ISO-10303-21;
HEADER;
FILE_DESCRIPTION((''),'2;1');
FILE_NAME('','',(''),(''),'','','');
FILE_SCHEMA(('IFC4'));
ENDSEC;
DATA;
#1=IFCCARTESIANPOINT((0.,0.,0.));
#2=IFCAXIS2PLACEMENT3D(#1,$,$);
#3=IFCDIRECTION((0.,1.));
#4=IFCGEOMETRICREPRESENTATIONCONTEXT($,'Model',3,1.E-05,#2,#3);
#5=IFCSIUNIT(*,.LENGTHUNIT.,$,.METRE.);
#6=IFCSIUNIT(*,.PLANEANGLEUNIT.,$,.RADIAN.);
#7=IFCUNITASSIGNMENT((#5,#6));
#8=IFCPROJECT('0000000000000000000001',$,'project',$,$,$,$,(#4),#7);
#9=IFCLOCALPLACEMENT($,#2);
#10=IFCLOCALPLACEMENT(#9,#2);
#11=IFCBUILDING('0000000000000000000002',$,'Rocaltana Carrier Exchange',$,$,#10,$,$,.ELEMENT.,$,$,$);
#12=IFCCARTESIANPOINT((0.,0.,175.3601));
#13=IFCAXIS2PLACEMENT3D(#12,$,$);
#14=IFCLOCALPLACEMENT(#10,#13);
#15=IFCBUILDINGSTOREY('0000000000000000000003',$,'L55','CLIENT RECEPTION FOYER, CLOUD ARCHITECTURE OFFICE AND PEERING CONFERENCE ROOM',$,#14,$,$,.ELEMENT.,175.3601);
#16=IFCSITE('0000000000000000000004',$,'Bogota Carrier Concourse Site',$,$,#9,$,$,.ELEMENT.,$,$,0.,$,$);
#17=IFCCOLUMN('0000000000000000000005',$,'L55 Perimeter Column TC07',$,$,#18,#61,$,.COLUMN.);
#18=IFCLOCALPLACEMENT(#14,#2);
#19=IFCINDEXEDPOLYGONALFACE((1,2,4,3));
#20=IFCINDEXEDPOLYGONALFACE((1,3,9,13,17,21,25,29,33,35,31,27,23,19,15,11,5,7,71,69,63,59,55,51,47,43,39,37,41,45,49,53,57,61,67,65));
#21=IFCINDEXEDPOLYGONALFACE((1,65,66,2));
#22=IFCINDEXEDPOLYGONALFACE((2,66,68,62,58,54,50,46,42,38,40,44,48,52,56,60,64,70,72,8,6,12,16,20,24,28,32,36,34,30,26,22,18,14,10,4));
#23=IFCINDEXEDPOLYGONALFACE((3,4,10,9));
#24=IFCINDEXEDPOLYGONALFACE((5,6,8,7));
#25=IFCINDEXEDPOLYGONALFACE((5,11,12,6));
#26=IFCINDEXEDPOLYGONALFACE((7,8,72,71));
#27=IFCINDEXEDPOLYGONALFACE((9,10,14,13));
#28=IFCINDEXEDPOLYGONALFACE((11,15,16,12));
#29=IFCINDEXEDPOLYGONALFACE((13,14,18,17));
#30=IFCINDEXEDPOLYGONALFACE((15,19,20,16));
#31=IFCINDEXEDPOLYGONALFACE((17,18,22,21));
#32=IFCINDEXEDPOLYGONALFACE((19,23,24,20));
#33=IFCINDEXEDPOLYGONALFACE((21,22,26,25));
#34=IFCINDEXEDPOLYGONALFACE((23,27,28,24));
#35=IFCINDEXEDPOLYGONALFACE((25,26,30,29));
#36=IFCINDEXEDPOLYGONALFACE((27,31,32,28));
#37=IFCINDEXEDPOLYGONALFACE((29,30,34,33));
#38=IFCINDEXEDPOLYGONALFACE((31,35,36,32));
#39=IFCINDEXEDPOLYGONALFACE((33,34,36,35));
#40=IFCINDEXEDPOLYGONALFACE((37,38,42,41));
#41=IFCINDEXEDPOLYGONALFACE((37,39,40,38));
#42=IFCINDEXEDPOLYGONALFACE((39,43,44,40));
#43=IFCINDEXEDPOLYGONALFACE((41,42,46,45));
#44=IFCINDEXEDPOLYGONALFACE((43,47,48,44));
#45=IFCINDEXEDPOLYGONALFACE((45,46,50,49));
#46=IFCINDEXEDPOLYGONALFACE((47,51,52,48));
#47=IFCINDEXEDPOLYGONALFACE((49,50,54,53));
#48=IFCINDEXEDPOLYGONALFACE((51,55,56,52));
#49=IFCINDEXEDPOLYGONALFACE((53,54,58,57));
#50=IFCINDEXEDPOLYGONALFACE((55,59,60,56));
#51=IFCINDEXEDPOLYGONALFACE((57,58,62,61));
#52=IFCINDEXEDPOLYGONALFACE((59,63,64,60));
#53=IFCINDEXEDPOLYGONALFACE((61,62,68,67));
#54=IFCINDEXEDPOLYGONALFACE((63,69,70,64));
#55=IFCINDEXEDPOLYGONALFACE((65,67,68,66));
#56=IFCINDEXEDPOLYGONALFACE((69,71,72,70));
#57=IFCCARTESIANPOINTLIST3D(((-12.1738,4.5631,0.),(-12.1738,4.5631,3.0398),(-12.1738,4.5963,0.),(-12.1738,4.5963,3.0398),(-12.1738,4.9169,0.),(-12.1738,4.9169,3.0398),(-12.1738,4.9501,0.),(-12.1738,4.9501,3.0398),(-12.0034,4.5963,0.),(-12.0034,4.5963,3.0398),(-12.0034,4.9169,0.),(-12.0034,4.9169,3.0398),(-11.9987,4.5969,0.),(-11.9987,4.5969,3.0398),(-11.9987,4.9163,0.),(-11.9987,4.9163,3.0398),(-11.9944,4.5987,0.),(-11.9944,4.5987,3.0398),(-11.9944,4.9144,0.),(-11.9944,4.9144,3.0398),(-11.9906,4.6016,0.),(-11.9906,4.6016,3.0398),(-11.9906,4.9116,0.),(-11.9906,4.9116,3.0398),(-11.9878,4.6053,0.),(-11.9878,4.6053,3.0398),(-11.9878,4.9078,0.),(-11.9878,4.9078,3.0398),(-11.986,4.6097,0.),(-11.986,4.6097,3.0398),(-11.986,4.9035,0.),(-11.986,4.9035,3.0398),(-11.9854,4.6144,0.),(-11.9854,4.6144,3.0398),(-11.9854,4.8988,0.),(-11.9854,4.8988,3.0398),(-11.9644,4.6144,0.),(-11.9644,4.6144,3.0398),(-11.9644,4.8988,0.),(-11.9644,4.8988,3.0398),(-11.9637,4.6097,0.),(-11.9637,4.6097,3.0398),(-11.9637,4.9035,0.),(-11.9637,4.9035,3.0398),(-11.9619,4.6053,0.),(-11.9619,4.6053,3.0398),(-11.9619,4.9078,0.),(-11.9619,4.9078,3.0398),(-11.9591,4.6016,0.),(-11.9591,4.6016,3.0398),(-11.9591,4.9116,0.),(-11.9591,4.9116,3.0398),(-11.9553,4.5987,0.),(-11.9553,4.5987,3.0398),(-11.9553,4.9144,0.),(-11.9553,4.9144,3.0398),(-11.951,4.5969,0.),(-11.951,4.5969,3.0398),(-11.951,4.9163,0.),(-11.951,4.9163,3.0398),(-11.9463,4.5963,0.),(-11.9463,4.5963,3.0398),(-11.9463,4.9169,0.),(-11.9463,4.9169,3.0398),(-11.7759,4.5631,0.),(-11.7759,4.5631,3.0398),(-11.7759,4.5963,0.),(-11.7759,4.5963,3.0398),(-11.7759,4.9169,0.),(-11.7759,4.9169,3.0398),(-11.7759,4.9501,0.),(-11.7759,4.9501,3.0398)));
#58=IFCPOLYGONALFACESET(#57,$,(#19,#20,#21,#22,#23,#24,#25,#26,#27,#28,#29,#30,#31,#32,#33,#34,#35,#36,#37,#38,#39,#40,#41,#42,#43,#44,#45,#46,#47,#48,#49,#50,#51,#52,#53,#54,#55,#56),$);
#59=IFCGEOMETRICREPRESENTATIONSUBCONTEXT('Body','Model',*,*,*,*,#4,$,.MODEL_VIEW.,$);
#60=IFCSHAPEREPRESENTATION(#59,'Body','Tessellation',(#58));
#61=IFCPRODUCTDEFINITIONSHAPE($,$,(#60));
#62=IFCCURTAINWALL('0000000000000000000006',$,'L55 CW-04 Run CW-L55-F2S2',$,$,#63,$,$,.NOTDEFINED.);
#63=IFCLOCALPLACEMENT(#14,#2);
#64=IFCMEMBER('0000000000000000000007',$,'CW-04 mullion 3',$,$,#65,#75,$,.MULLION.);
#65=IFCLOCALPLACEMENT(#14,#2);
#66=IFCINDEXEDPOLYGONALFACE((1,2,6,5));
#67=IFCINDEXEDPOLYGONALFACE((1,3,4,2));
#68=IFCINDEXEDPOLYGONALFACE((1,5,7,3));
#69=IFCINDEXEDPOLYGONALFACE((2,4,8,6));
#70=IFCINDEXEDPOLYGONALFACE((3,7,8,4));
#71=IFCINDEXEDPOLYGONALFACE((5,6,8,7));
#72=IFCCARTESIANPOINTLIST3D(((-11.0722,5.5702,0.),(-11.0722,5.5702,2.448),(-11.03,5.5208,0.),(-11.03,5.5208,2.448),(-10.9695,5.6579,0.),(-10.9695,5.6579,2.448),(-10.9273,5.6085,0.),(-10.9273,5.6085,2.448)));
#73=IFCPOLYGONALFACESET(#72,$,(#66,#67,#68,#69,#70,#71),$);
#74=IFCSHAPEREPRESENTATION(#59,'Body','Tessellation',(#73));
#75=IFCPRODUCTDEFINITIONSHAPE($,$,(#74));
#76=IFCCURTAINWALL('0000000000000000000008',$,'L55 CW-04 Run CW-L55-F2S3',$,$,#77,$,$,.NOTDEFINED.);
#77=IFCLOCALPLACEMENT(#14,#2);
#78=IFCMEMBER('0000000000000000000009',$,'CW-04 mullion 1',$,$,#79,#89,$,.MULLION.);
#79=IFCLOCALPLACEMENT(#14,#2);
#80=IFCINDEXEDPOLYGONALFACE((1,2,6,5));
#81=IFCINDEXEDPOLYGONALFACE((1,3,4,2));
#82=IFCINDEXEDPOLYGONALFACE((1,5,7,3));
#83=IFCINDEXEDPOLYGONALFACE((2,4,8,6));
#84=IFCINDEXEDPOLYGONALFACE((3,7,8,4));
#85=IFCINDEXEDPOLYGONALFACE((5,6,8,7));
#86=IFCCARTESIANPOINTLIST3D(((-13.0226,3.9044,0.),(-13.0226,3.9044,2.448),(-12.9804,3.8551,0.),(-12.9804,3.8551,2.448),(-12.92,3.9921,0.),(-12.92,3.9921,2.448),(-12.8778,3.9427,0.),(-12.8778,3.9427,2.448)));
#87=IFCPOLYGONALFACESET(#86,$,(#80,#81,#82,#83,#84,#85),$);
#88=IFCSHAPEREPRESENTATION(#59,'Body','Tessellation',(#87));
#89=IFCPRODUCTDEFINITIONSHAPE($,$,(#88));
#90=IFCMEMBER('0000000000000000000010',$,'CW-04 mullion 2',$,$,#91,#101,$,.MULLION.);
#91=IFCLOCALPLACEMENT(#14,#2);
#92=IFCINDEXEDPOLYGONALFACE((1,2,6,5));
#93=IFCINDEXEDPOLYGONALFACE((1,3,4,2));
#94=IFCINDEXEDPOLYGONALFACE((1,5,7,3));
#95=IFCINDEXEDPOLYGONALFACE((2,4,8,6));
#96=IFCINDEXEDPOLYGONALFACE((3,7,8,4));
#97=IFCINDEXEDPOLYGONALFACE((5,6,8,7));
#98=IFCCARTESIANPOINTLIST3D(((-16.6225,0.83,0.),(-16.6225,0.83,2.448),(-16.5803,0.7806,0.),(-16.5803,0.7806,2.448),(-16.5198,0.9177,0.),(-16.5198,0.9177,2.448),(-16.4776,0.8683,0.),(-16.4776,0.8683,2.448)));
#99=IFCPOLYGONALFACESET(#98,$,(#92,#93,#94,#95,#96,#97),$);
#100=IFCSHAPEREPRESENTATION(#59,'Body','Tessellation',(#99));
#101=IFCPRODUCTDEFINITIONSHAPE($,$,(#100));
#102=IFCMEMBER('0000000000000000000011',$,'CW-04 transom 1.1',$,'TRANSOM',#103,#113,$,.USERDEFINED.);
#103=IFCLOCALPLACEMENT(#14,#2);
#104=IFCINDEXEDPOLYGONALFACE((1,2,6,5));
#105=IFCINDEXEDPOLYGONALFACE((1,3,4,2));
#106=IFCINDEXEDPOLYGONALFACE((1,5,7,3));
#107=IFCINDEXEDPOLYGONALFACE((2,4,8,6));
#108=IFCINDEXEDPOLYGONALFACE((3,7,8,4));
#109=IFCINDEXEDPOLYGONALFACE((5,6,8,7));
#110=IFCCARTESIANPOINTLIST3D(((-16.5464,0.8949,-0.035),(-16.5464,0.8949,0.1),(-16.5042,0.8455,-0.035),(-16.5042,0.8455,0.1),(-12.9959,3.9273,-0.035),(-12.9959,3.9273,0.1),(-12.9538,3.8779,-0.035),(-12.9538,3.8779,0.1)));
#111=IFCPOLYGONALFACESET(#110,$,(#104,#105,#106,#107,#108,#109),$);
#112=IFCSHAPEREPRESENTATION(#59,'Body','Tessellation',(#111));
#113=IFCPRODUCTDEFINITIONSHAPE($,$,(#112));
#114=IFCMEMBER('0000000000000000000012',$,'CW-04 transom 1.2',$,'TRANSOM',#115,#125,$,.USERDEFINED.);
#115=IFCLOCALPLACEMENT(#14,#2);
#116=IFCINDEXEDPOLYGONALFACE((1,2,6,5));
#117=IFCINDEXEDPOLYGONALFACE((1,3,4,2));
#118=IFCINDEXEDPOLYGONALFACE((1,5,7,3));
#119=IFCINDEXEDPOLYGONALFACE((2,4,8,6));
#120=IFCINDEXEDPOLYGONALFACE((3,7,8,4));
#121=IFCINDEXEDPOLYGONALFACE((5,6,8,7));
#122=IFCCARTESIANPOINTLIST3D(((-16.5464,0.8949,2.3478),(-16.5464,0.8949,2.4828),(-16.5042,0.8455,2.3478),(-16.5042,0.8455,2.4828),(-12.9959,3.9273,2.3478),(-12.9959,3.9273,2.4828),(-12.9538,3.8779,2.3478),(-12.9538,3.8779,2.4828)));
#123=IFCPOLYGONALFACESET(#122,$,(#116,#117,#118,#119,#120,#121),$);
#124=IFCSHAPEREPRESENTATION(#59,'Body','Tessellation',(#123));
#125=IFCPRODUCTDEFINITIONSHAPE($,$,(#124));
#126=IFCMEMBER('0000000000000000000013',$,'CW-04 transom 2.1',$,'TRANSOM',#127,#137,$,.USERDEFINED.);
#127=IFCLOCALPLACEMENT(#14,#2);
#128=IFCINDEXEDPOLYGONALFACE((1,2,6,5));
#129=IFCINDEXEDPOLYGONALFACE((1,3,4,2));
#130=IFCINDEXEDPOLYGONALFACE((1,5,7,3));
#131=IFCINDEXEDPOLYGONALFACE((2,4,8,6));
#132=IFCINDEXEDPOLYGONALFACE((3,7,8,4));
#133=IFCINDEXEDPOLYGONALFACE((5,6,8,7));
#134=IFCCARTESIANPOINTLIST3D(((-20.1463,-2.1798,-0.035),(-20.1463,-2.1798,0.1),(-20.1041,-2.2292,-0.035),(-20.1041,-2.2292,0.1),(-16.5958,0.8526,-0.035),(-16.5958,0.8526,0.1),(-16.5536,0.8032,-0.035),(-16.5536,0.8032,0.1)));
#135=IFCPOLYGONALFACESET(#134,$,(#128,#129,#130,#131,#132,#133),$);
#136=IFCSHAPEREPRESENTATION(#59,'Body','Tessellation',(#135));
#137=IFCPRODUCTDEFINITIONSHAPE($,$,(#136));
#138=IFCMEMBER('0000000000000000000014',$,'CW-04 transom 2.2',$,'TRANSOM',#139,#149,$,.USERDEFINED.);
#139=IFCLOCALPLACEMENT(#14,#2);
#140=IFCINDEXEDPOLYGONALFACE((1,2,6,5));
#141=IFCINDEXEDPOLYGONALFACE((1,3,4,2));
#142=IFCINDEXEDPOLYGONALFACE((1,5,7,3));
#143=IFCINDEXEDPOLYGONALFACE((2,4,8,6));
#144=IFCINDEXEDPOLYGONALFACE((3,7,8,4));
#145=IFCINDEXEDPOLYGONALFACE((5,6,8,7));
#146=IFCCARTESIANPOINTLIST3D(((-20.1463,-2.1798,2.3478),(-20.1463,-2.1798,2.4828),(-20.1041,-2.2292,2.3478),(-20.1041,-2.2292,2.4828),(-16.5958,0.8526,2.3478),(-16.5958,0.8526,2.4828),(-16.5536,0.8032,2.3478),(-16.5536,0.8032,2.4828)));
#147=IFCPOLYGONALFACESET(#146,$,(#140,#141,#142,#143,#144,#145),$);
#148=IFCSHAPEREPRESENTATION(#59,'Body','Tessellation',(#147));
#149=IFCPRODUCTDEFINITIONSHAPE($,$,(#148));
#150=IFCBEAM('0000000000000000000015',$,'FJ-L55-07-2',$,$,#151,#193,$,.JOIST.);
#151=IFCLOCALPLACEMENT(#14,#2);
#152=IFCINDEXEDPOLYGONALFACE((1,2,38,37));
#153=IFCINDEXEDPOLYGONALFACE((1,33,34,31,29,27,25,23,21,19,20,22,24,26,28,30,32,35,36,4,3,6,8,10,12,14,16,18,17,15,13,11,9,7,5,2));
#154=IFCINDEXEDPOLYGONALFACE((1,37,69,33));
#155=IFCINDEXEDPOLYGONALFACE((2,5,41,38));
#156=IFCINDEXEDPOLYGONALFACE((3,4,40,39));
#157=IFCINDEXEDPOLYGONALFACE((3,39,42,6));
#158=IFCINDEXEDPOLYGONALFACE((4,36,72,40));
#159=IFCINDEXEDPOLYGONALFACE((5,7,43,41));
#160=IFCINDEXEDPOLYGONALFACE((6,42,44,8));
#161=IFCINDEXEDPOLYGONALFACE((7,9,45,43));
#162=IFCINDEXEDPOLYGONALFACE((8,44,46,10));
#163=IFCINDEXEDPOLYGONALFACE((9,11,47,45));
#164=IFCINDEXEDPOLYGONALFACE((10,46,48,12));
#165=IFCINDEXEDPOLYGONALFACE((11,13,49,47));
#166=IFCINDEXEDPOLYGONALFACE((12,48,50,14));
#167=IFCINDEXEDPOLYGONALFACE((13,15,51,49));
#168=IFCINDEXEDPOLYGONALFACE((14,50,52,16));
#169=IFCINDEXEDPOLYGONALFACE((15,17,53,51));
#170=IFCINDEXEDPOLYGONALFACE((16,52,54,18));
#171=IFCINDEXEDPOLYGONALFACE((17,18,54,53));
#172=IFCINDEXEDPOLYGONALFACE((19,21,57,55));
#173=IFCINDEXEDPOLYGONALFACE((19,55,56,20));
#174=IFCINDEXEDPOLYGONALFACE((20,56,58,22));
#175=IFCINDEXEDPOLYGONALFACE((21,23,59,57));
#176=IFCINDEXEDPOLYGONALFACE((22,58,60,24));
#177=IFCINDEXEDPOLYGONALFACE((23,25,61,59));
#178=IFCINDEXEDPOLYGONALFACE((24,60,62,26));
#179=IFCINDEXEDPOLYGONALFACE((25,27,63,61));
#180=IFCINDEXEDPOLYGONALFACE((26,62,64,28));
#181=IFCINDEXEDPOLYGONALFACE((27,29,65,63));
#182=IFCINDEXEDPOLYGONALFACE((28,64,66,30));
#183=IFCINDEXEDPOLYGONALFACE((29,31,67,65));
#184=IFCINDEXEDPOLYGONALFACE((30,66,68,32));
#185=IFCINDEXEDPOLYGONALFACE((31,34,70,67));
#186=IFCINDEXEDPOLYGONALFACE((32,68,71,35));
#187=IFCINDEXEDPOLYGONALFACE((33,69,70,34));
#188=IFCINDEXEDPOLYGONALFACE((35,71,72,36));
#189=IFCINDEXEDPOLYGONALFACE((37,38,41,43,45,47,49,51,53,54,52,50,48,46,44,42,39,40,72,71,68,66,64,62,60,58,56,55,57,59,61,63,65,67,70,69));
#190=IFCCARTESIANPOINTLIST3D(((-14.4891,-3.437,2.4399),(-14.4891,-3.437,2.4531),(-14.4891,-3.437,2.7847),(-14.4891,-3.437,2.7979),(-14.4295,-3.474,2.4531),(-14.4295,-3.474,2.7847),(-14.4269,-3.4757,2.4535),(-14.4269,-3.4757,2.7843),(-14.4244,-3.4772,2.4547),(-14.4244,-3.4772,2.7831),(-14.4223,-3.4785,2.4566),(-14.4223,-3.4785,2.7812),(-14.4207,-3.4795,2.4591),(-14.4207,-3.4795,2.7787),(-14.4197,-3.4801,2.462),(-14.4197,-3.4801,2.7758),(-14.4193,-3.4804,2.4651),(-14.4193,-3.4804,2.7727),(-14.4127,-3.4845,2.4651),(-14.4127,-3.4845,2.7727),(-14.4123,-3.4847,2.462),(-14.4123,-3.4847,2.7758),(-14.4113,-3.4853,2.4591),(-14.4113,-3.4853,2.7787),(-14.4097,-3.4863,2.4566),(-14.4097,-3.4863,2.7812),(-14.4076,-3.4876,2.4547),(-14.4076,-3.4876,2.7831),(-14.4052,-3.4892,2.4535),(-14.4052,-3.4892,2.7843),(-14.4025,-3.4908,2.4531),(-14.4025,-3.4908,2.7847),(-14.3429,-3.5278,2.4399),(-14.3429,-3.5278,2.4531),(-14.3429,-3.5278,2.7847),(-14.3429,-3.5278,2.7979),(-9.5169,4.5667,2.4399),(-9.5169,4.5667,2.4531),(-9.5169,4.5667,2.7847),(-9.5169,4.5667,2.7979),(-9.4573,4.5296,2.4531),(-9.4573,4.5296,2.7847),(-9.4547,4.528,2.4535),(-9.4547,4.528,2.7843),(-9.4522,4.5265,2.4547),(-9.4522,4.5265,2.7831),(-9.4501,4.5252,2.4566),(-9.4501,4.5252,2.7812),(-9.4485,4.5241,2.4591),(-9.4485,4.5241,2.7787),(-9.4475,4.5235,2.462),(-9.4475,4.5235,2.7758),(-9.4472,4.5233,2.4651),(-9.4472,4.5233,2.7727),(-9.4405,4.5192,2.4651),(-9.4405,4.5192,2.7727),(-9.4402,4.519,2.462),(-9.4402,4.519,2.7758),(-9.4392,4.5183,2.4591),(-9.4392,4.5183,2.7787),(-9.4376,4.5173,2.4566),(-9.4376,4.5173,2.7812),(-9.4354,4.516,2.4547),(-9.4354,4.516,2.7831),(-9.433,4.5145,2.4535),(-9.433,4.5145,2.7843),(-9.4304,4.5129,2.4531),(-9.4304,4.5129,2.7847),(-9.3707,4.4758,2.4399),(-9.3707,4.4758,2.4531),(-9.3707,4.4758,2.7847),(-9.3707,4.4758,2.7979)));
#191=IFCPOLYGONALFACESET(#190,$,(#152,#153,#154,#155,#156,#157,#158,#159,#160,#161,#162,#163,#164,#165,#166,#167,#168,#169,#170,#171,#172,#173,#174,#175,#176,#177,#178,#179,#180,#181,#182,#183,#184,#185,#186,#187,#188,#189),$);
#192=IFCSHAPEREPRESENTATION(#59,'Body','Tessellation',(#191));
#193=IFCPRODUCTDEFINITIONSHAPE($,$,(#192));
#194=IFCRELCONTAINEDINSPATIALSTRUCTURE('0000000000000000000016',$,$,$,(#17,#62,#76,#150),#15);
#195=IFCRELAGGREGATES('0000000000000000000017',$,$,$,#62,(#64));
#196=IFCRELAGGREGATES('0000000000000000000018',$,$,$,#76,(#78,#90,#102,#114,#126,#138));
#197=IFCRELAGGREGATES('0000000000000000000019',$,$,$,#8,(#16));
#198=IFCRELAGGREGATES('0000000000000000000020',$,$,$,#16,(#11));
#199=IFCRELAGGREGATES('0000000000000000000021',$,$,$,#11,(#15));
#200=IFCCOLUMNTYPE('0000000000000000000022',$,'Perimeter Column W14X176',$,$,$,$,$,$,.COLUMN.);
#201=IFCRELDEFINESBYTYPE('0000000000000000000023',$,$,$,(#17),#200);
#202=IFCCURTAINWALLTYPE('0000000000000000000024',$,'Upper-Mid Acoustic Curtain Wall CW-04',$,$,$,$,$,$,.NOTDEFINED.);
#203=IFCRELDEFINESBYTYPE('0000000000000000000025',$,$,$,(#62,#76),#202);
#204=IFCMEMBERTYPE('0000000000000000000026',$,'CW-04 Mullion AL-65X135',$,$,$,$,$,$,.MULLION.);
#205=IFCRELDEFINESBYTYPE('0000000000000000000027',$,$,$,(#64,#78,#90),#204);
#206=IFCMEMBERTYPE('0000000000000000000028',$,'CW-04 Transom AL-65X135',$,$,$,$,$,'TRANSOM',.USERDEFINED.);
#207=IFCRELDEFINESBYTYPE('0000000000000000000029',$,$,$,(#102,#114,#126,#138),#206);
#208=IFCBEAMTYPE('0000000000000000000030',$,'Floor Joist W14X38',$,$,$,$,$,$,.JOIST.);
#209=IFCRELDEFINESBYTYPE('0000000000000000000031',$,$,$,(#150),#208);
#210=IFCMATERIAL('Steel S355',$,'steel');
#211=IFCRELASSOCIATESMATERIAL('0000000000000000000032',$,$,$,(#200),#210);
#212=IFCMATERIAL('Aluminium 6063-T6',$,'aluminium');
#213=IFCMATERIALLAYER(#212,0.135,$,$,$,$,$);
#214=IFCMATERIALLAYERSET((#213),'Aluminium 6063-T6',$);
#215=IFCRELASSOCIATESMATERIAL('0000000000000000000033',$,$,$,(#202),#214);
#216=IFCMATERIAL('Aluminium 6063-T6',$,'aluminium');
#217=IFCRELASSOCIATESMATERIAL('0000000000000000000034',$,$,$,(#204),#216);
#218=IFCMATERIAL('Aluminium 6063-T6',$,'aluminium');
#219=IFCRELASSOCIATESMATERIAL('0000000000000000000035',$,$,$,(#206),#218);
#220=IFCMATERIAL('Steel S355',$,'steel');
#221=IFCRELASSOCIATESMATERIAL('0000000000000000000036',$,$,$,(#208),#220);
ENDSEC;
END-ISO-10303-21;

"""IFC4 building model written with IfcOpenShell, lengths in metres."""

from ifc_helpers import new_model, si_unit, direction, frame, origin, origin_2d, place, context, subcontext, project, spatial, rectangle, i_section, extrude, material, layer, layer_set, material_profile, profile_set, type_object, element, aggregate, save


model = new_model("IFC4")

# Units and contexts
model_context = context("Model", 3, precision=1e-05, world=origin(), true_north=direction((0.0, 1.0)))
body_context = subcontext(model_context, "Body", "Model", "MODEL_VIEW")
ifc_project = project(units=[si_unit("LENGTHUNIT", "METRE"), si_unit("PLANEANGLEUNIT", "RADIAN")], contexts=[model_context])

# Site, building, storey
site_placement = place(None, origin())
site = spatial("IfcSite", under=ifc_project, at=site_placement, Name="Bogota Carrier Concourse Site", CompositionType="ELEMENT", RefElevation=0.0)
building_placement = place(site_placement, origin())
building = spatial("IfcBuilding", under=site, at=building_placement, Name="Rocaltana Carrier Exchange", CompositionType="ELEMENT")
storey_placement = place(building_placement, frame((0.0, 0.0, 175.3601)))
storey = spatial("IfcBuildingStorey", under=building, at=storey_placement, Name="L55", Description="CLIENT RECEPTION FOYER, CLOUD ARCHITECTURE OFFICE AND PEERING CONFERENCE ROOM", CompositionType="ELEMENT", Elevation=175.3601)

# Column
ifc_material_1 = material(Name="Steel S355", Category="steel")
ifc_material_profile_1 = material_profile(ifc_material_1, i_section(OverallWidth=0.3979, OverallDepth=0.387, WebThickness=0.021, FlangeThickness=0.0332, FilletRadius=0.0181, at=origin_2d()), Name="W14X176")
ifc_profile_set_1 = profile_set([ifc_material_profile_1], Name="Steel S355")
column_type = type_object("IfcColumnType", Name="Perimeter Column W14X176", PredefinedType="COLUMN", material=ifc_profile_set_1)
column_placement = place(storey_placement, frame((-11.9749, 4.7566, 0.0), z_axis=(0.0, 0.0, 1.0), x_axis=(1.0, 0.0, 0.0)))
element("IfcColumn", 1, at=column_placement, inside=storey, type_object=column_type, Name="L55 Perimeter Column TC07", PredefinedType="COLUMN", context=body_context, shape_type="SweptSolid", body=[
    extrude(i_section(OverallWidth=0.3979, OverallDepth=0.387, WebThickness=0.021, FlangeThickness=0.0332, FilletRadius=0.0181, at=origin_2d()), origin(), (0.0, 0.0, 1.0), 3.0398),
])

# Curtain wall, member
ifc_material_2 = material(Name="Aluminium 6063-T6", Category="aluminium")
ifc_layer_1 = layer(ifc_material_2, 0.135)
ifc_layer_set_1 = layer_set([ifc_layer_1], Name="Aluminium 6063-T6")
curtain_wall_type = type_object("IfcCurtainWallType", Name="Upper-Mid Acoustic Curtain Wall CW-04", PredefinedType="NOTDEFINED", material=ifc_layer_set_1)
curtain_wall_1_placement = place(storey_placement, origin())
curtain_wall_1 = element("IfcCurtainWall", 2, at=curtain_wall_1_placement, inside=storey, type_object=curtain_wall_type, Name="L55 CW-04 Run CW-L55-F2S2", PredefinedType="NOTDEFINED")
ifc_material_3 = material(Name="Aluminium 6063-T6", Category="aluminium")
ifc_material_profile_2 = material_profile(ifc_material_3, rectangle(XDim=0.0649, YDim=0.135, at=origin_2d()), Name="AL-65X135")
ifc_profile_set_2 = profile_set([ifc_material_profile_2], Name="Aluminium 6063-T6")
member_type_1 = type_object("IfcMemberType", Name="CW-04 Mullion AL-65X135", PredefinedType="MULLION", material=ifc_profile_set_2)
member_1_placement = place(storey_placement, frame((-10.9998, 5.5894, 0.0), z_axis=(0.0, 0.0, 1.0), x_axis=(0.649454, -0.760401, 0.0)))
member_1 = element("IfcMember", 3, at=member_1_placement, type_object=member_type_1, Name="CW-04 mullion 3", PredefinedType="MULLION", context=body_context, shape_type="SweptSolid", body=[
    extrude(rectangle(XDim=0.0649, YDim=0.135, at=origin_2d()), origin(), (0.0, 0.0, 1.0), 2.448),
])

# Curtain wall, members
curtain_wall_2_placement = place(storey_placement, origin())
curtain_wall_2 = element("IfcCurtainWall", 4, at=curtain_wall_2_placement, inside=storey, type_object=curtain_wall_type, Name="L55 CW-04 Run CW-L55-F2S3", PredefinedType="NOTDEFINED")
member_2_placement = place(storey_placement, frame((-12.9502, 3.9236, 0.0), z_axis=(0.0, 0.0, 1.0), x_axis=(0.649448, -0.760406, 0.0)))
member_2 = element("IfcMember", 5, at=member_2_placement, type_object=member_type_1, Name="CW-04 mullion 1", PredefinedType="MULLION", context=body_context, shape_type="SweptSolid", body=[
    extrude(rectangle(XDim=0.0649, YDim=0.135, at=origin_2d()), origin(), (0.0, 0.0, 1.0), 2.448),
])
member_3_placement = place(storey_placement, frame((-16.55, 0.8491, 0.0), z_axis=(0.0, 0.0, 1.0), x_axis=(0.649448, -0.760406, 0.0)))
member_3 = element("IfcMember", 6, at=member_3_placement, type_object=member_type_1, Name="CW-04 mullion 2", PredefinedType="MULLION", context=body_context, shape_type="SweptSolid", body=[
    extrude(rectangle(XDim=0.0649, YDim=0.135, at=origin_2d()), origin(), (0.0, 0.0, 1.0), 2.448),
])
ifc_material_4 = material(Name="Aluminium 6063-T6", Category="aluminium")
ifc_material_profile_3 = material_profile(ifc_material_4, rectangle(XDim=0.0649, YDim=0.135, at=origin_2d()), Name="AL-65X135")
ifc_profile_set_3 = profile_set([ifc_material_profile_3], Name="Aluminium 6063-T6")
member_type_2 = type_object("IfcMemberType", Name="CW-04 Transom AL-65X135", ElementType="TRANSOM", PredefinedType="USERDEFINED", material=ifc_profile_set_3)
member_4_placement = place(storey_placement, frame((-12.9749, 3.9026, 0.0325), z_axis=(-0.760403, -0.649451, 0.0), x_axis=(0.649451, -0.760403, 0.0)))
member_4 = element("IfcMember", 7, at=member_4_placement, type_object=member_type_2, Name="CW-04 transom 1.1", ObjectType="TRANSOM", PredefinedType="USERDEFINED", context=body_context, shape_type="SweptSolid", body=[
    extrude(rectangle(XDim=0.0649, YDim=0.135, at=origin_2d()), origin(), (0.0, 0.0, 1.0), 4.6692),
])
member_5_placement = place(storey_placement, frame((-12.9749, 3.9026, 2.4153), z_axis=(-0.760403, -0.649451, 0.0), x_axis=(0.649451, -0.760403, 0.0)))
member_5 = element("IfcMember", 8, at=member_5_placement, type_object=member_type_2, Name="CW-04 transom 1.2", ObjectType="TRANSOM", PredefinedType="USERDEFINED", context=body_context, shape_type="SweptSolid", body=[
    extrude(rectangle(XDim=0.0649, YDim=0.135, at=origin_2d()), origin(), (0.0, 0.0, 1.0), 4.6692),
])
member_6_placement = place(storey_placement, frame((-16.5747, 0.8279, 0.0325), z_axis=(-0.760403, -0.649451, 0.0), x_axis=(0.649451, -0.760403, 0.0)))
member_6 = element("IfcMember", 9, at=member_6_placement, type_object=member_type_2, Name="CW-04 transom 2.1", ObjectType="TRANSOM", PredefinedType="USERDEFINED", context=body_context, shape_type="SweptSolid", body=[
    extrude(rectangle(XDim=0.0649, YDim=0.135, at=origin_2d()), origin(), (0.0, 0.0, 1.0), 4.6692),
])
member_7_placement = place(storey_placement, frame((-16.5747, 0.8279, 2.4153), z_axis=(-0.760403, -0.649451, 0.0), x_axis=(0.649451, -0.760403, 0.0)))
member_7 = element("IfcMember", 10, at=member_7_placement, type_object=member_type_2, Name="CW-04 transom 2.2", ObjectType="TRANSOM", PredefinedType="USERDEFINED", context=body_context, shape_type="SweptSolid", body=[
    extrude(rectangle(XDim=0.0649, YDim=0.135, at=origin_2d()), origin(), (0.0, 0.0, 1.0), 4.6692),
])

# Beam
ifc_material_5 = material(Name="Steel S355", Category="steel")
ifc_material_profile_4 = material_profile(ifc_material_5, i_section(OverallWidth=0.1721, OverallDepth=0.3579, WebThickness=0.0078, FlangeThickness=0.0132, FilletRadius=0.012, at=origin_2d()), Name="W14X38")
ifc_profile_set_4 = profile_set([ifc_material_profile_4], Name="Steel S355")
beam_type_1 = type_object("IfcBeamType", Name="Floor Joist W14X38", PredefinedType="JOIST", material=ifc_profile_set_4)
beam_1_placement = place(storey_placement, frame((-9.4438, 4.5212, 2.6189), z_axis=(-0.527698, -0.849432, 0.0), x_axis=(0.849432, -0.527698, 0.0)))
element("IfcBeam", 11, at=beam_1_placement, inside=storey, type_object=beam_type_1, Name="FJ-L55-07-2", PredefinedType="JOIST", context=body_context, shape_type="SweptSolid", body=[
    extrude(i_section(OverallWidth=0.1721, OverallDepth=0.3579, WebThickness=0.0078, FlangeThickness=0.0132, FilletRadius=0.012, at=origin_2d()), origin(), (0.0, 0.0, 1.0), 9.4224),
])

aggregate(curtain_wall_1, [member_1])
aggregate(curtain_wall_2, [member_2, member_3, member_4, member_5, member_6, member_7])

save(model, "model.ifc")
